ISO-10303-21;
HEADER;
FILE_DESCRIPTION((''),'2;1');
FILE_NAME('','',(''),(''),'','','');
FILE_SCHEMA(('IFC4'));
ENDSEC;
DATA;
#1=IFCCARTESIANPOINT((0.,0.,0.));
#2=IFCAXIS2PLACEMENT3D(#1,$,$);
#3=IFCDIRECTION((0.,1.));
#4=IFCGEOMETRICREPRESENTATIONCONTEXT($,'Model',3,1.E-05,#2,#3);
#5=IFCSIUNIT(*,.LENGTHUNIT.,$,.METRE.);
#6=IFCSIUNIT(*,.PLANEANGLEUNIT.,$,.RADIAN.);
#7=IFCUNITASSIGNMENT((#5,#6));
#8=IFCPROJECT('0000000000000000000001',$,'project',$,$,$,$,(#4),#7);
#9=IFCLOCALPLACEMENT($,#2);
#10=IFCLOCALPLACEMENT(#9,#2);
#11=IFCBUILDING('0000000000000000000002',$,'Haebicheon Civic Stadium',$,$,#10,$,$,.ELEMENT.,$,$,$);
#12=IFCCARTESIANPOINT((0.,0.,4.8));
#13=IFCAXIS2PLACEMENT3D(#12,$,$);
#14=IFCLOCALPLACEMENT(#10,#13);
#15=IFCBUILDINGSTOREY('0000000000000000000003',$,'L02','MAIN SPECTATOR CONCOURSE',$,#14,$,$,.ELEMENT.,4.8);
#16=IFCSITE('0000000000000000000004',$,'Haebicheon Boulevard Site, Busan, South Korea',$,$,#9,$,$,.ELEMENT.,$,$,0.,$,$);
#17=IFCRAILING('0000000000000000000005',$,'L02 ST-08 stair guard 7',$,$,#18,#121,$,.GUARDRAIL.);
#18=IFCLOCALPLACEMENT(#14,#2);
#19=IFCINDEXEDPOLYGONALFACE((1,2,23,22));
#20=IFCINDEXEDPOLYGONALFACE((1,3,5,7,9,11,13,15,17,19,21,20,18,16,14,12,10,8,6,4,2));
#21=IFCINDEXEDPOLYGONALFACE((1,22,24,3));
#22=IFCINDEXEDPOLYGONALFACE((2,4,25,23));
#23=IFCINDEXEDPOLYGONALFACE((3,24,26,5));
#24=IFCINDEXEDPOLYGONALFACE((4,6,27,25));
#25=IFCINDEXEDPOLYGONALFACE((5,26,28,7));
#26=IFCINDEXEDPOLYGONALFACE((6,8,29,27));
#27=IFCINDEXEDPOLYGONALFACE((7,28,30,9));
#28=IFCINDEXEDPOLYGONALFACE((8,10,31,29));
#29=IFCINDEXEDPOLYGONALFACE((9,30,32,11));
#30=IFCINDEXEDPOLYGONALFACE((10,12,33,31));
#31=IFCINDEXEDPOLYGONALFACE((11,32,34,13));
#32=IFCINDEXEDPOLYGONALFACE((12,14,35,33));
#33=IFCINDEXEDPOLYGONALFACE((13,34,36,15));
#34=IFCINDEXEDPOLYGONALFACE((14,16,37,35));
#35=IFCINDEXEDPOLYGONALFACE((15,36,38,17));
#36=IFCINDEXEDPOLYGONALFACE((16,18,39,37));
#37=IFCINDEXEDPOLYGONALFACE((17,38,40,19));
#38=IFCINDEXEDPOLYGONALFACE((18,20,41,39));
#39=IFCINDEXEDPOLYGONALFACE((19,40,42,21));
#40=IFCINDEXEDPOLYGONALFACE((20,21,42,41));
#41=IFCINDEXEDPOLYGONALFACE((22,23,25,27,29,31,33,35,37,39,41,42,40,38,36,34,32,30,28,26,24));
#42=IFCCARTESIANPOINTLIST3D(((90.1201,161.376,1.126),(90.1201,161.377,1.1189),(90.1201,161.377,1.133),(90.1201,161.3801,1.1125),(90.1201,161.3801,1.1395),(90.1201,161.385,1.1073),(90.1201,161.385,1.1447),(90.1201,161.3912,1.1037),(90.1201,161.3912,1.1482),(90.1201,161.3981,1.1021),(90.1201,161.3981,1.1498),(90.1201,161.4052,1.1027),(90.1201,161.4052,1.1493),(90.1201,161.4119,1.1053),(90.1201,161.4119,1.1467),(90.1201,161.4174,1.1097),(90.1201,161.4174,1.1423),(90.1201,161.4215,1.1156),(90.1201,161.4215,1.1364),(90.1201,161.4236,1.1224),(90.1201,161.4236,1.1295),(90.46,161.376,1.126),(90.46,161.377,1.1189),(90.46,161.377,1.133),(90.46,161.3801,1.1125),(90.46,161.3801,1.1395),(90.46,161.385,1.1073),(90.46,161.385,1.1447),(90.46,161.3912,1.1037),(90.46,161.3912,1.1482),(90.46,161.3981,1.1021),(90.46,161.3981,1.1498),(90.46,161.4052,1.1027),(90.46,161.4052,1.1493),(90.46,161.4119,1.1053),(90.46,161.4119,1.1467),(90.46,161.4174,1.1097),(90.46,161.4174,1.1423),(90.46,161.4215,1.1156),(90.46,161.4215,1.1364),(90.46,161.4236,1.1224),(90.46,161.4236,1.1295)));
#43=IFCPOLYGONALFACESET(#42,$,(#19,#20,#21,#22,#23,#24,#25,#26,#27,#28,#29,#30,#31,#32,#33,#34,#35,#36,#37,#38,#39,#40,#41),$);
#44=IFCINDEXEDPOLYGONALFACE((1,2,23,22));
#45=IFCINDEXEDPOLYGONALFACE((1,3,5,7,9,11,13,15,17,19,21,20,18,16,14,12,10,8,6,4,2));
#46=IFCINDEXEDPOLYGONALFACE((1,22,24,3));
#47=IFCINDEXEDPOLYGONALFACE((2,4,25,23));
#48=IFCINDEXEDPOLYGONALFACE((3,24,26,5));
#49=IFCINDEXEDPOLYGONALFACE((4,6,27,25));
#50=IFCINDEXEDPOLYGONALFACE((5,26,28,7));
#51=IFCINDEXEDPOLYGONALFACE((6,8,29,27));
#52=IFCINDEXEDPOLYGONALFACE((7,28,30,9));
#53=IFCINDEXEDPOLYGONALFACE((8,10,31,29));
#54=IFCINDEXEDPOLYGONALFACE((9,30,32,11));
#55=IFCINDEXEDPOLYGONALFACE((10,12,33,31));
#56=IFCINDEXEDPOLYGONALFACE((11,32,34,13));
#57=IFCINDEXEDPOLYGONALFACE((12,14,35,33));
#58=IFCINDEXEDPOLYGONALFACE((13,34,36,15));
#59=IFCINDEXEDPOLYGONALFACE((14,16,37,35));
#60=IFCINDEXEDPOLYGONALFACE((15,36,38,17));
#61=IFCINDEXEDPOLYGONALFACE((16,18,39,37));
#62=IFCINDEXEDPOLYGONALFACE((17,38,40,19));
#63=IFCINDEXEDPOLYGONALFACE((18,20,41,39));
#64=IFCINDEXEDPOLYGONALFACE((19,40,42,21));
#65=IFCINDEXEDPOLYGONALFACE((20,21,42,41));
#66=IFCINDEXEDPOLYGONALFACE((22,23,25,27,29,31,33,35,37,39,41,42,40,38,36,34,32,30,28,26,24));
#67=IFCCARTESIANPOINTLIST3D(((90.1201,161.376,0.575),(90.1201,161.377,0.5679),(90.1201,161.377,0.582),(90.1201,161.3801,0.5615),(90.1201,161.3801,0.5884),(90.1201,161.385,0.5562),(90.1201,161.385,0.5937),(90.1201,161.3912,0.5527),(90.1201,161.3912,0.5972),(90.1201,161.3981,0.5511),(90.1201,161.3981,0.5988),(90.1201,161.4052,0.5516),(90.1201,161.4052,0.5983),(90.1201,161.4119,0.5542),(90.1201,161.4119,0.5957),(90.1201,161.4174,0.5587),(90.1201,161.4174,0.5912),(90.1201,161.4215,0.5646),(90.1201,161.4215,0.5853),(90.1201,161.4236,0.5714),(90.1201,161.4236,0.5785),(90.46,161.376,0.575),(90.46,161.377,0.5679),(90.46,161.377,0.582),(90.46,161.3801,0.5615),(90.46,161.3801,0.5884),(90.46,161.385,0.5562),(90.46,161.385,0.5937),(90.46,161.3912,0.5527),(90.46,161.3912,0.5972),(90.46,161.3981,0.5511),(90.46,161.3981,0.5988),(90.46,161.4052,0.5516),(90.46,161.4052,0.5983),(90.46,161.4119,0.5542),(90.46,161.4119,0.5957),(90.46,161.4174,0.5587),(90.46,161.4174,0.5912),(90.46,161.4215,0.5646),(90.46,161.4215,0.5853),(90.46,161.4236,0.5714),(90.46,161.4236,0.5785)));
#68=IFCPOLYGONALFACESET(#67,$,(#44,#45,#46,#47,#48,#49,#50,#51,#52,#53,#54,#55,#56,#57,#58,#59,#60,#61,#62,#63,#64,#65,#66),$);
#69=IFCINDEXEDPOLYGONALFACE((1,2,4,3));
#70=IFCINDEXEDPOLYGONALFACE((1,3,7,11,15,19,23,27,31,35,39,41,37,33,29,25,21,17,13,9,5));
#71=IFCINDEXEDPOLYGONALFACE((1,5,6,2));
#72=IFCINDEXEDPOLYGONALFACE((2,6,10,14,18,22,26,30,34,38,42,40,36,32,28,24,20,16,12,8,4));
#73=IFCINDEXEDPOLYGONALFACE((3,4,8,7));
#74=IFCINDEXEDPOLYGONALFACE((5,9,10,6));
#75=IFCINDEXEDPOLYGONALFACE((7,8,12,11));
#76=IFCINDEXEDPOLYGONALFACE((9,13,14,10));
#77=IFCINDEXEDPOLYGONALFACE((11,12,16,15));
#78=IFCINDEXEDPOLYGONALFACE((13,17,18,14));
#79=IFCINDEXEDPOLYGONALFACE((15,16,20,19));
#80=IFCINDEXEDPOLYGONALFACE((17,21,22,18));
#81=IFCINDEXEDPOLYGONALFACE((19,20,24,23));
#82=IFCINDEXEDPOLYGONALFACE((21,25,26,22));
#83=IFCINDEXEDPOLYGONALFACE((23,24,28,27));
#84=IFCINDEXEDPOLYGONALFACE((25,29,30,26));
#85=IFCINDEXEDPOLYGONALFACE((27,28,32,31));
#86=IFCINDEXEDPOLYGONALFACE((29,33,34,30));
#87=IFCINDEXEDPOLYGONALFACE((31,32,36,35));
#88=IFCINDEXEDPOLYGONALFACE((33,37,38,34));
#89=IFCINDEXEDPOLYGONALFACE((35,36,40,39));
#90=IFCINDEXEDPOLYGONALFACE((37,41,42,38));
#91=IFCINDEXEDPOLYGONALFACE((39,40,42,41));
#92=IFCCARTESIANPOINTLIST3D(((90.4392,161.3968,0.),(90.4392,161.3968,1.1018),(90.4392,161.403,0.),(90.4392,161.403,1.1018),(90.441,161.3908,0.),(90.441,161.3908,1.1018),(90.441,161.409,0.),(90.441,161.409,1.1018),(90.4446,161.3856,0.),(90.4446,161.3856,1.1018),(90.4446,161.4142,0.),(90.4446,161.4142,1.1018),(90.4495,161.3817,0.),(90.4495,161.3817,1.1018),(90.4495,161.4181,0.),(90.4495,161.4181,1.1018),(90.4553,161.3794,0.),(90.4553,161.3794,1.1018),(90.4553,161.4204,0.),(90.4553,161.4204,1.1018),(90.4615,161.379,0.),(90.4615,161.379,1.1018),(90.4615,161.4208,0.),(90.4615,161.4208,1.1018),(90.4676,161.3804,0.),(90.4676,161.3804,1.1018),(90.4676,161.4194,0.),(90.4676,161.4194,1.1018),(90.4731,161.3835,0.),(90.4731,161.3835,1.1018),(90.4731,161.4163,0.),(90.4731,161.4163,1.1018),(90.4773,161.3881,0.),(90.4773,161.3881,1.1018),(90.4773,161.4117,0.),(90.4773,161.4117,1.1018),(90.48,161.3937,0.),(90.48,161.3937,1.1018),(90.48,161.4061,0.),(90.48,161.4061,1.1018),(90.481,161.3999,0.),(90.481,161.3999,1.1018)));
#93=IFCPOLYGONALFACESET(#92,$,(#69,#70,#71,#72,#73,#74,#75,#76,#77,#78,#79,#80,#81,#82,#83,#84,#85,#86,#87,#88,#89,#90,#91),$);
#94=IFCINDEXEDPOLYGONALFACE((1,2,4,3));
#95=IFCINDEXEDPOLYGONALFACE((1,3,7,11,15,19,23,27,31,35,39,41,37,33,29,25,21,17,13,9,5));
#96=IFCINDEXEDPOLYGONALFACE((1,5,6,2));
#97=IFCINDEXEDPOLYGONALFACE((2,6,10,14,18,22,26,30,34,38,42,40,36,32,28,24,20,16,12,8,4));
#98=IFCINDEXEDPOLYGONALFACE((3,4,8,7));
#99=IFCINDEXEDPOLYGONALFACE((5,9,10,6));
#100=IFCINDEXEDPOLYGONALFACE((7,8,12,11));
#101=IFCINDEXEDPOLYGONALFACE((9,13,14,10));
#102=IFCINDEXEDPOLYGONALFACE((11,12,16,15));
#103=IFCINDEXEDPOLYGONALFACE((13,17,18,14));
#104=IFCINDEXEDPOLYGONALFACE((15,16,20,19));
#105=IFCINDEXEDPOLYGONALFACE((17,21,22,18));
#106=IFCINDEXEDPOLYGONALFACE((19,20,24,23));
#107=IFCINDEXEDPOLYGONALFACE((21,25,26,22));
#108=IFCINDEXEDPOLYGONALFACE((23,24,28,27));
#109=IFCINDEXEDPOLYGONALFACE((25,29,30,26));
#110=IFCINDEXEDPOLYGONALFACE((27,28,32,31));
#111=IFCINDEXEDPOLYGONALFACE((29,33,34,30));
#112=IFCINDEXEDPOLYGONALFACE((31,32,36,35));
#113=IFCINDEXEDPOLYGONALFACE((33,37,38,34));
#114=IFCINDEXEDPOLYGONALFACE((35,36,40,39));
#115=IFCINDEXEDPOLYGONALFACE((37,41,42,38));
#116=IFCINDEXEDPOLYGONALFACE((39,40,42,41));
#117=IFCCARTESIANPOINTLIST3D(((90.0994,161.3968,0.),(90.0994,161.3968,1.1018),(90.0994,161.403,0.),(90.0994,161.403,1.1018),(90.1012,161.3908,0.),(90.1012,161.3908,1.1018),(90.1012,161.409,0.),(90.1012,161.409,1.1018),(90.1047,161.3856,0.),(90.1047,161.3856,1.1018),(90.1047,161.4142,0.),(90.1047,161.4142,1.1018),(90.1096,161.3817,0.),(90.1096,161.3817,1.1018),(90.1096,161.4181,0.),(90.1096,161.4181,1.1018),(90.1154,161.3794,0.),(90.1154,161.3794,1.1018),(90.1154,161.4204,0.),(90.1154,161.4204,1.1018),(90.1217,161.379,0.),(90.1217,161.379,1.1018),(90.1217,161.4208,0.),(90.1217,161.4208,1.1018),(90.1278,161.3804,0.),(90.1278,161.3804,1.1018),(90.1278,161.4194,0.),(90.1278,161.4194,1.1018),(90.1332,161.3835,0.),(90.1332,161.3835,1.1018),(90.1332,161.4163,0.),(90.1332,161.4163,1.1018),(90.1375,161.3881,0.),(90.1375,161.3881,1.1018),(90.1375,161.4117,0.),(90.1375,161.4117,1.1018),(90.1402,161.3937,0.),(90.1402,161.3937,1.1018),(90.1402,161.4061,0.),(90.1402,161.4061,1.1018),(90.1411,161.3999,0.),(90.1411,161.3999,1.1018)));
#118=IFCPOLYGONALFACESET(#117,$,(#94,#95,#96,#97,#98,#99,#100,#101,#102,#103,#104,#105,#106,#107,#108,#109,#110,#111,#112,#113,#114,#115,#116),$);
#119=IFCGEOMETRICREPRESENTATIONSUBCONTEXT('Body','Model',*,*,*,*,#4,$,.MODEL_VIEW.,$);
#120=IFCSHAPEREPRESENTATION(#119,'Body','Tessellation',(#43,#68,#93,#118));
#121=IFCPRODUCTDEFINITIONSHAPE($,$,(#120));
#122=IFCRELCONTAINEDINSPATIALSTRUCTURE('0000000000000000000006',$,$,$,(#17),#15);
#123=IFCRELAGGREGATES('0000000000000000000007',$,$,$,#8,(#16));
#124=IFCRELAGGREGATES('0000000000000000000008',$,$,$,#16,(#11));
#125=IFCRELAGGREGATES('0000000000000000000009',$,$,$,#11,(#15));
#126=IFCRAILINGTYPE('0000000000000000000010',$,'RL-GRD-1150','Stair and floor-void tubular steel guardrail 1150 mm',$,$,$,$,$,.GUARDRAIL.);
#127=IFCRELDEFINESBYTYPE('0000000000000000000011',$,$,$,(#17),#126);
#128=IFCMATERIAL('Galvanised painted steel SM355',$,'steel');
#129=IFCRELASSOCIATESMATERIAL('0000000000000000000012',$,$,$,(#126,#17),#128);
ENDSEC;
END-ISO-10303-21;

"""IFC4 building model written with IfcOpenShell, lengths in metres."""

from ifc_helpers import new_model, si_unit, direction, frame, origin, origin_2d, place, context, subcontext, project, spatial, circle, extrude, material, type_object, element, save


model = new_model("IFC4")

# Units and contexts
model_context = context("Model", 3, precision=1e-05, world=origin(), true_north=direction((0.0, 1.0)))
body_context = subcontext(model_context, "Body", "Model", "MODEL_VIEW")
ifc_project = project(units=[si_unit("LENGTHUNIT", "METRE"), si_unit("PLANEANGLEUNIT", "RADIAN")], contexts=[model_context])

# Site, building, storey
site_placement = place(None, origin())
site = spatial("IfcSite", under=ifc_project, at=site_placement, Name="Haebicheon Boulevard Site, Busan, South Korea", CompositionType="ELEMENT", RefElevation=0.0)
building_placement = place(site_placement, origin())
building = spatial("IfcBuilding", under=site, at=building_placement, Name="Haebicheon Civic Stadium", CompositionType="ELEMENT")
storey_placement = place(building_placement, frame((0.0, 0.0, 4.8)))
storey = spatial("IfcBuildingStorey", under=building, at=storey_placement, Name="L02", Description="MAIN SPECTATOR CONCOURSE", CompositionType="ELEMENT", Elevation=4.8)

# Railing
ifc_material_1 = material(Name="Galvanised painted steel SM355", Category="steel")
railing_type_1 = type_object("IfcRailingType", Name="RL-GRD-1150", Description="Stair and floor-void tubular steel guardrail 1150 mm", PredefinedType="GUARDRAIL", material=ifc_material_1)
railing_1_placement = place(storey_placement, frame((90.46, 161.3999, 0.0)))
element("IfcRailing", 1, at=railing_1_placement, inside=storey, type_object=railing_type_1, material=ifc_material_1, Name="L02 ST-08 stair guard 7", PredefinedType="GUARDRAIL", context=body_context, shape_type="SweptSolid", body=[
    extrude(circle(Radius=0.0239, at=origin_2d()), frame((0.0, 0.0, 1.126), z_axis=(-1.0, 0.0, 0.0), x_axis=(0.0, -1.0, 0.0)), (0.0, 0.0, 1.0), 0.3398),
    extrude(circle(Radius=0.0239, at=origin_2d()), frame((0.0, 0.0, 0.575), z_axis=(-1.0, 0.0, 0.0), x_axis=(0.0, -1.0, 0.0)), (0.0, 0.0, 1.0), 0.3398),
    extrude(circle(Radius=0.021, at=origin_2d()), origin(), (0.0, 0.0, 1.0), 1.1018),
    extrude(circle(Radius=0.021, at=origin_2d()), frame((-0.3398, 0.0, 0.0)), (0.0, 0.0, 1.0), 1.1018),
])

save(model, "model.ifc")
